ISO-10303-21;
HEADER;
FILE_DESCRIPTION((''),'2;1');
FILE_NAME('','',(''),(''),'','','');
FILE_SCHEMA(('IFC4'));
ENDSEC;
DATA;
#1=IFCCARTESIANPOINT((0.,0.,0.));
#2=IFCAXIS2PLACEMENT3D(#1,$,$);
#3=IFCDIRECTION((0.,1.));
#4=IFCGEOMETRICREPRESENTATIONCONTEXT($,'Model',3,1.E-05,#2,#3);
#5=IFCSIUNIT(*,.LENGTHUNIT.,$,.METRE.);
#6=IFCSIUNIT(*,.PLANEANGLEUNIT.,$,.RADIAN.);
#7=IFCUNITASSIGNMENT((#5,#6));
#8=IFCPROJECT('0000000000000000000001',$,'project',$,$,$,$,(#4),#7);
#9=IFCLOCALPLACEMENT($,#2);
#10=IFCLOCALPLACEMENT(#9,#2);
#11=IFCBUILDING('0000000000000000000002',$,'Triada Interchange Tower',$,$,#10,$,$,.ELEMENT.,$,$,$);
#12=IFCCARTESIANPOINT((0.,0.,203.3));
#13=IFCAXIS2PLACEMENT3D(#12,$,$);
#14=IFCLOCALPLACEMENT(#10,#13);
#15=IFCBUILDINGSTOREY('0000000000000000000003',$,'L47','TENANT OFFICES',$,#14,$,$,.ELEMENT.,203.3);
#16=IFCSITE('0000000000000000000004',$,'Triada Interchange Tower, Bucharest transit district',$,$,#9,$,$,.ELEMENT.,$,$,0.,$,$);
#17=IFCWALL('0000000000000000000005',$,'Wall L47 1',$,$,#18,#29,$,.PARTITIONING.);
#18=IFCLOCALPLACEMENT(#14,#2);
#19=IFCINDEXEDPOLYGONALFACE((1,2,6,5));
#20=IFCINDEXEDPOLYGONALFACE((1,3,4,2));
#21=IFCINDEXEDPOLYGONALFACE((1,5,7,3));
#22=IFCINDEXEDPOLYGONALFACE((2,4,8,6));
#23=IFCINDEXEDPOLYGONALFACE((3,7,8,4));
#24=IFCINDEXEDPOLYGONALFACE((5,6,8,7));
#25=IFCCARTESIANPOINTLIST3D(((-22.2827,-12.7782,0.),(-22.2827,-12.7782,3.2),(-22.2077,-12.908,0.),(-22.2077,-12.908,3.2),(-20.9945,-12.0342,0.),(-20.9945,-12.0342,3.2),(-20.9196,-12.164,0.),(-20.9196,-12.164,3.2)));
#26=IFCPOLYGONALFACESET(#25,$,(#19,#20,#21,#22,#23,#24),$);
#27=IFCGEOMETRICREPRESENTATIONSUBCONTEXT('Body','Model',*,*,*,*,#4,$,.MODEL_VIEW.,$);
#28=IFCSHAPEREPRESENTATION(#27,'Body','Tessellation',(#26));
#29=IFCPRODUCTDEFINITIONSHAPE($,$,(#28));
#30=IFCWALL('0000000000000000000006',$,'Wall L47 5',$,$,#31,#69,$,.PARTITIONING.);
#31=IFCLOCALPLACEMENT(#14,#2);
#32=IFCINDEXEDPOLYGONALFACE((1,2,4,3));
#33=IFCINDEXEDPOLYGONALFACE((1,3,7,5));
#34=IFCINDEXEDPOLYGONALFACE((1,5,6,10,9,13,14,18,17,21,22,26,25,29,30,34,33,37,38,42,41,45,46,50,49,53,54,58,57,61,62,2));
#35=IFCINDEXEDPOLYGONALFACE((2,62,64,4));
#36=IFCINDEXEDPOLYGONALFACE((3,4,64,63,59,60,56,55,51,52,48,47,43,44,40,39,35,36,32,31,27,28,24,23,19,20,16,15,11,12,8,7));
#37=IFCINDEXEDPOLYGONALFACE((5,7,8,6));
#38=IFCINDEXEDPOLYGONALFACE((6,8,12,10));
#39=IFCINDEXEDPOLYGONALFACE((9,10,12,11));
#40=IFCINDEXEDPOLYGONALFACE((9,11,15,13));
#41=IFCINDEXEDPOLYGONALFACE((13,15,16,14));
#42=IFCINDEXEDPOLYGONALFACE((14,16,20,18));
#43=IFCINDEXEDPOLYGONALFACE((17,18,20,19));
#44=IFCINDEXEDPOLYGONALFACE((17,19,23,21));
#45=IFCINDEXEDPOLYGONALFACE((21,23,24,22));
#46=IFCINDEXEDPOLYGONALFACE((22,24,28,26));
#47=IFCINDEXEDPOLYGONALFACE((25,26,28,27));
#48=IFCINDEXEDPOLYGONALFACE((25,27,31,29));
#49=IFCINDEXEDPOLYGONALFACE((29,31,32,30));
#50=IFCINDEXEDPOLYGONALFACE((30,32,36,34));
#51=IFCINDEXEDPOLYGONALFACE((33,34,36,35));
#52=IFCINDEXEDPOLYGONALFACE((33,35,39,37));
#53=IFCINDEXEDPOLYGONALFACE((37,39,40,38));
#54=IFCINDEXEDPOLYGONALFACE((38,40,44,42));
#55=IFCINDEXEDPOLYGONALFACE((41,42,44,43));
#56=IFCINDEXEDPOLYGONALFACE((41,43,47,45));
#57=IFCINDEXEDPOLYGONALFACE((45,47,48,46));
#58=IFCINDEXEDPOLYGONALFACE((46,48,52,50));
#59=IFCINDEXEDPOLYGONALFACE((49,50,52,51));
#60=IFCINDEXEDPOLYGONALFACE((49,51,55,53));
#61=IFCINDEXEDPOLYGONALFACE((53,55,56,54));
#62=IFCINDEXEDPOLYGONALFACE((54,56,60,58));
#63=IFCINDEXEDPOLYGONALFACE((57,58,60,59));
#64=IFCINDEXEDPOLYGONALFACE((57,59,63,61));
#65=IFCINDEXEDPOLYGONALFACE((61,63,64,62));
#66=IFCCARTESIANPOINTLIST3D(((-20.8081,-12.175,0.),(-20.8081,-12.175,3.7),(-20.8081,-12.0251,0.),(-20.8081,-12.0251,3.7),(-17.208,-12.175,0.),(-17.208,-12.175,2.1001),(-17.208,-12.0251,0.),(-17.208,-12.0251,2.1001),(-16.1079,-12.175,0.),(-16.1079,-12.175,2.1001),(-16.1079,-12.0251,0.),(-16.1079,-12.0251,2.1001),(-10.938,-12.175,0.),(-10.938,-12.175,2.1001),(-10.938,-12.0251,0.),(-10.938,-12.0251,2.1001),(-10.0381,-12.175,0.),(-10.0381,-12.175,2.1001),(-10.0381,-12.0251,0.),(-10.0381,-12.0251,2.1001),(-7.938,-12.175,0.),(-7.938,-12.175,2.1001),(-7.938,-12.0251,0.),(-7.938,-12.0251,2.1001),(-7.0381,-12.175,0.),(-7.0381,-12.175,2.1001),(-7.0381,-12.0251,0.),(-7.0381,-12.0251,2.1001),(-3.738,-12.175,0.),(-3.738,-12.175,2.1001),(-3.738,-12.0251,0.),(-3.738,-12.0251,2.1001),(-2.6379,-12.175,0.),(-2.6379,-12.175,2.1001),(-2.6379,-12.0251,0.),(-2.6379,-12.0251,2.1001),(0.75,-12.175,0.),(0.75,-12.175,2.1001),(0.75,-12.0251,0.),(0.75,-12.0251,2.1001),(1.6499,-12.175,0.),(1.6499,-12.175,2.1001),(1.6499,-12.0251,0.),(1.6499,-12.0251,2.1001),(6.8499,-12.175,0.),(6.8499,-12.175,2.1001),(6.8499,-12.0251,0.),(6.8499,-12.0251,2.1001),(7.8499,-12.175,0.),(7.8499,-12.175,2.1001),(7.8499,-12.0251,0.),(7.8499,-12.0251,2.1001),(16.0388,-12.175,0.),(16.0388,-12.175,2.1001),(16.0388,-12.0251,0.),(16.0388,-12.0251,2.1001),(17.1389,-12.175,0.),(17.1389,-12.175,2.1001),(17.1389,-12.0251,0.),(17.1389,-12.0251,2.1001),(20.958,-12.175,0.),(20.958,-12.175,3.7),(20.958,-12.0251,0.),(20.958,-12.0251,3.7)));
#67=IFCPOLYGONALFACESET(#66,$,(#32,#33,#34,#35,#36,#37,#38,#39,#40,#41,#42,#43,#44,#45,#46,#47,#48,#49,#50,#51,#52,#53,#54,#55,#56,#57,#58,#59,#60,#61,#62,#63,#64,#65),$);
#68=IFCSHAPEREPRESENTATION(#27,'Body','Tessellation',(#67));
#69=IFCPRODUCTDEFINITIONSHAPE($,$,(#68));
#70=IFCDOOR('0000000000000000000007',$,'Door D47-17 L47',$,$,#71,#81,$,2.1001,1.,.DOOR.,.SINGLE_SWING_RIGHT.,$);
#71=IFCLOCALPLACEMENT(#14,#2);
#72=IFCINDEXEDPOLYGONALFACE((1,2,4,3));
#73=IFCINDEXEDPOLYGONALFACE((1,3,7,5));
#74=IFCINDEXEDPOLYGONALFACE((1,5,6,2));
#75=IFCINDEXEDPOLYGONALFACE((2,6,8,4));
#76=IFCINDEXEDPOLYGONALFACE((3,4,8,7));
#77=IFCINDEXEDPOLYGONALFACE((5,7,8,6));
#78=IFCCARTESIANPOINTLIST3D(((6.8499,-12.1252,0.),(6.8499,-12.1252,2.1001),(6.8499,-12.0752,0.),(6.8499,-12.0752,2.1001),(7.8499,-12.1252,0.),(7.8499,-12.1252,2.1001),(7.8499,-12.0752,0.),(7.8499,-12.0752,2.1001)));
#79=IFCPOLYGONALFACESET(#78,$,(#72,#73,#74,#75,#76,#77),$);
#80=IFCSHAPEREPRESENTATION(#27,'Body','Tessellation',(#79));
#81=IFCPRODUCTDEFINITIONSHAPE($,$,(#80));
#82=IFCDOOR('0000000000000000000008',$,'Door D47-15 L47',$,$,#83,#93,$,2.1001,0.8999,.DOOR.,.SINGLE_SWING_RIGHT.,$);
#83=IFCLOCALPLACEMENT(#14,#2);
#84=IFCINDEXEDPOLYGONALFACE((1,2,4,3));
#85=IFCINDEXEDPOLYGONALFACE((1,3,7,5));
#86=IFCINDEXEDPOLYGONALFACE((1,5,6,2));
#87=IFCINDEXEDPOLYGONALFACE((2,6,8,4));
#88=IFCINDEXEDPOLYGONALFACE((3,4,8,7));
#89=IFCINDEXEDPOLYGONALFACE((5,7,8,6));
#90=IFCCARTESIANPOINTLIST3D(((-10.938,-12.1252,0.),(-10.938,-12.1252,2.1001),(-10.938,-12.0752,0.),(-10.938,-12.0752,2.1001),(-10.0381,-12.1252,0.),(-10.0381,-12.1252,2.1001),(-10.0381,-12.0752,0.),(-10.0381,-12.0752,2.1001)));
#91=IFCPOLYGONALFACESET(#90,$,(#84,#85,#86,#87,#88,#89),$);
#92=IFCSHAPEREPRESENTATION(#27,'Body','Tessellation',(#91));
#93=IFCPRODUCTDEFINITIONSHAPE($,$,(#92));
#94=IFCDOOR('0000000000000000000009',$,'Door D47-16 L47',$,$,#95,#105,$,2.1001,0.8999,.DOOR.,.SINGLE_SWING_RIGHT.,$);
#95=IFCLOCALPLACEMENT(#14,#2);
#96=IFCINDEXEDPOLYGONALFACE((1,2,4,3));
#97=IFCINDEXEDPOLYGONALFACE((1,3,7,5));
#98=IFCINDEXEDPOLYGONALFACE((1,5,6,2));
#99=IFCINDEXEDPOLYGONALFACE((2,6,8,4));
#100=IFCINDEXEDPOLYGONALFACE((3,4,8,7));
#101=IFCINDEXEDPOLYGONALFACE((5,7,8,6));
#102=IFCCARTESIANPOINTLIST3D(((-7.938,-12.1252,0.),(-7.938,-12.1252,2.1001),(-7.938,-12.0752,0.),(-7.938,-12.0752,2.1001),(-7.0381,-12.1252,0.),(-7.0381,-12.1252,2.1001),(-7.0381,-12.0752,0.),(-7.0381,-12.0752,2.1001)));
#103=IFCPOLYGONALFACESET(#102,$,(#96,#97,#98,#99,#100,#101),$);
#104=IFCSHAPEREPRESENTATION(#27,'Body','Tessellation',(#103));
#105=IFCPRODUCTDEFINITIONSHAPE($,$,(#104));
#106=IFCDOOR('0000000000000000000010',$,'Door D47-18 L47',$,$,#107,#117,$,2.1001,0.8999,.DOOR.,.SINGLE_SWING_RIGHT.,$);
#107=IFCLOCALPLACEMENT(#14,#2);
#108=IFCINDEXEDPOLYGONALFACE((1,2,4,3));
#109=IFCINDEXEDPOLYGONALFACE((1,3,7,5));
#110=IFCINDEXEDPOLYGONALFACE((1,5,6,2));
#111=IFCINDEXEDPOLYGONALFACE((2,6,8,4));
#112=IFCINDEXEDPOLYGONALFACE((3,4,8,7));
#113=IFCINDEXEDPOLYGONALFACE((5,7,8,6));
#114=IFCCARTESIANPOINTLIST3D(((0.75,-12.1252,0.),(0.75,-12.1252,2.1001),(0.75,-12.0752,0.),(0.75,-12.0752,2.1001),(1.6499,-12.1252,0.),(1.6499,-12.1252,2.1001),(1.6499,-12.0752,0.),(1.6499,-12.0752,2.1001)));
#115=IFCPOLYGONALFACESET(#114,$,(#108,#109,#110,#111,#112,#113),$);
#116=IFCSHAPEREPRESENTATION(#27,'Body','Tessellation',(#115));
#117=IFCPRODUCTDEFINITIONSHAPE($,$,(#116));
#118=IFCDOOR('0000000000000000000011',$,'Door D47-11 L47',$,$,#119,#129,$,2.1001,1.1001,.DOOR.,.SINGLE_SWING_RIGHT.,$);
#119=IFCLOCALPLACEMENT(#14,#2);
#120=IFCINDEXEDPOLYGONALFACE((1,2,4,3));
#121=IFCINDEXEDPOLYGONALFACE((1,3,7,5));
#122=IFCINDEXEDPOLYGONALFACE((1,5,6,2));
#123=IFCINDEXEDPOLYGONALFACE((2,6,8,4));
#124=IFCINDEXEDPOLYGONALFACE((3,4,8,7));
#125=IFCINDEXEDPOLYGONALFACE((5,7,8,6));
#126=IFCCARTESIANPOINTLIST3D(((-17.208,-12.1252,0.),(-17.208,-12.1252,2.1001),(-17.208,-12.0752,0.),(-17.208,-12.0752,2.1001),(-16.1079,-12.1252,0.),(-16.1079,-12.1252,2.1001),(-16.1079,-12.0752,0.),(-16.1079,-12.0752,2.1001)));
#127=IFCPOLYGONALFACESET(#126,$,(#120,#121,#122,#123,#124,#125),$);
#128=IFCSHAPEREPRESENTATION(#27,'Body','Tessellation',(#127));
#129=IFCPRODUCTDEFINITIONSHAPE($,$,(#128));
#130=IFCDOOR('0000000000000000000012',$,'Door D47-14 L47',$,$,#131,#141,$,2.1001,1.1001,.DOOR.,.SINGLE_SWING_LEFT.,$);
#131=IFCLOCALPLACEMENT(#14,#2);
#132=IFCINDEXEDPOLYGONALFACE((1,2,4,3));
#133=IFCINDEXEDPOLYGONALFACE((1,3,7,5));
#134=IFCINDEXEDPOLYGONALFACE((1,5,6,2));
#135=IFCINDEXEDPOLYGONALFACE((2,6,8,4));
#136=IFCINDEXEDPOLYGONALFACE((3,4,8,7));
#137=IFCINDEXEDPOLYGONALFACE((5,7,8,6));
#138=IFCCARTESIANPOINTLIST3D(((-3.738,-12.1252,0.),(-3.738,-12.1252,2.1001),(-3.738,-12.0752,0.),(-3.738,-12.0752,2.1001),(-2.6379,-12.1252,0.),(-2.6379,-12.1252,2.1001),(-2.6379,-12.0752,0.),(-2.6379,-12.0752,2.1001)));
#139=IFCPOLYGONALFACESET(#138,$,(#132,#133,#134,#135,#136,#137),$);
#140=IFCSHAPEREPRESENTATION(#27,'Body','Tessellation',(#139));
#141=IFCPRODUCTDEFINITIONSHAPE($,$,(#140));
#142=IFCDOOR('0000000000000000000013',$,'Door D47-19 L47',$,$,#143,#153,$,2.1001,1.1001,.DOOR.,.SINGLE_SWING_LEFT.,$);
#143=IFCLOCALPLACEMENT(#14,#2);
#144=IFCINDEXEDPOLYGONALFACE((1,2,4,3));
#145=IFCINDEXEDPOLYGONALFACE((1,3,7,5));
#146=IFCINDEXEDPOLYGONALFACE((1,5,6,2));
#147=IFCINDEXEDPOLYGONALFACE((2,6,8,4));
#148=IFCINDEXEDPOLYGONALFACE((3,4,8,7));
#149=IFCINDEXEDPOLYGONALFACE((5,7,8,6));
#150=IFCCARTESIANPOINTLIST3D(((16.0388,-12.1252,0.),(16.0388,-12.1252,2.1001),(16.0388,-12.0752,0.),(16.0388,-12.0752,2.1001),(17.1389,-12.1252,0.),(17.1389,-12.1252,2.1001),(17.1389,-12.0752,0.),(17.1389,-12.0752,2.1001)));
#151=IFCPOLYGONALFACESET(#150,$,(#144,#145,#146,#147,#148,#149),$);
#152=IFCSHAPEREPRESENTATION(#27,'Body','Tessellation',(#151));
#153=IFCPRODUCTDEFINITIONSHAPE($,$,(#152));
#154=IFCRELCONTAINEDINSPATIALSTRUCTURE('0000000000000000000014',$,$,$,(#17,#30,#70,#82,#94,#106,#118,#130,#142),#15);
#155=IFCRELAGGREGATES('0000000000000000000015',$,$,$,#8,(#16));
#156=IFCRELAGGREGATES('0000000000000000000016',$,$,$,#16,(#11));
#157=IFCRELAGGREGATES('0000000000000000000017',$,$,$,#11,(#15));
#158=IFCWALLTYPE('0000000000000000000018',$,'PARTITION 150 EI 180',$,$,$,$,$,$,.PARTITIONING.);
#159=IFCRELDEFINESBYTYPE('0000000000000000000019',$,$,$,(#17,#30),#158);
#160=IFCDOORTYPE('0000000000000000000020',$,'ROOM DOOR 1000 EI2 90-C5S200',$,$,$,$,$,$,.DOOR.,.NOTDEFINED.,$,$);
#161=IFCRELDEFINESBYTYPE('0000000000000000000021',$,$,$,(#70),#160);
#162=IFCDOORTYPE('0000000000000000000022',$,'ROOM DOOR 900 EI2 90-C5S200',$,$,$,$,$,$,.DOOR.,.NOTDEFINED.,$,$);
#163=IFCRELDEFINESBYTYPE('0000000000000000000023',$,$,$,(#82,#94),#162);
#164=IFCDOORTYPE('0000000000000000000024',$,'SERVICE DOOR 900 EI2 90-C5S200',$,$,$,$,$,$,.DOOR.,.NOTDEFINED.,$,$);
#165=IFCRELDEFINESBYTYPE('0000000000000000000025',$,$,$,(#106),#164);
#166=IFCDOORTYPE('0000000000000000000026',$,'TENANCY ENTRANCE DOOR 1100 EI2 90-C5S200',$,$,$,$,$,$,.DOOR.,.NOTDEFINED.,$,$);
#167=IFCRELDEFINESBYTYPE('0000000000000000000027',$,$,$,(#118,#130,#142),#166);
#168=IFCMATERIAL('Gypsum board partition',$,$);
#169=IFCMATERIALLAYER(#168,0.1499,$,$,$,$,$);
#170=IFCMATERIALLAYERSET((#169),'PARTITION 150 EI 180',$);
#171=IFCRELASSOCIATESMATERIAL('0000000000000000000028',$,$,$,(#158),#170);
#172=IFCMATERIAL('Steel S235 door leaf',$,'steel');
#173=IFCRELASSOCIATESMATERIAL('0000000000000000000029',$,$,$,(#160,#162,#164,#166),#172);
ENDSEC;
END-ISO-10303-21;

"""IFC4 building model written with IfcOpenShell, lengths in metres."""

from ifc_helpers import new_model, si_unit, direction, frame, frame_2d, origin, place, context, subcontext, project, spatial, rectangle, extrude, material, layer, layer_set, type_object, element, fill, save


model = new_model("IFC4")

# Units and contexts
model_context = context("Model", 3, precision=1e-05, world=origin(), true_north=direction((0.0, 1.0)))
body_context = subcontext(model_context, "Body", "Model", "MODEL_VIEW")
ifc_project = project(units=[si_unit("LENGTHUNIT", "METRE"), si_unit("PLANEANGLEUNIT", "RADIAN")], contexts=[model_context])

# Site, building, storey
site_placement = place(None, origin())
site = spatial("IfcSite", under=ifc_project, at=site_placement, Name="Triada Interchange Tower, Bucharest transit district", CompositionType="ELEMENT", RefElevation=0.0)
building_placement = place(site_placement, origin())
building = spatial("IfcBuilding", under=site, at=building_placement, Name="Triada Interchange Tower", CompositionType="ELEMENT")
storey_placement = place(building_placement, frame((0.0, 0.0, 203.3)))
storey = spatial("IfcBuildingStorey", under=building, at=storey_placement, Name="L47", Description="TENANT OFFICES", CompositionType="ELEMENT", Elevation=203.3)

# Wall
ifc_material_1 = material(Name="Gypsum board partition")
ifc_layer_1 = layer(ifc_material_1, 0.1499)
ifc_layer_set_1 = layer_set([ifc_layer_1], Name="PARTITION 150 EI 180")
wall_type_1 = type_object("IfcWallType", Name="PARTITION 150 EI 180", PredefinedType="PARTITIONING", material=ifc_layer_set_1)
wall_1_placement = place(storey_placement, frame((-22.2451, -12.843, 0.0), z_axis=(0.0, 0.0, 1.0), x_axis=(0.865961, 0.500111, 0.0)))
element("IfcWall", 1, at=wall_1_placement, inside=storey, type_object=wall_type_1, Name="Wall L47 1", PredefinedType="PARTITIONING", context=body_context, shape_type="SweptSolid", body=[
    extrude(rectangle(XDim=1.4875, YDim=0.1499, at=frame_2d((0.7437, 0.0))), origin(), (0.0, 0.0, 1.0), 3.2),
])

# Wall, openings, doors
wall_2_placement = place(storey_placement, frame((-20.8081, -12.1001, 0.0), z_axis=(0.0, 0.0, 1.0), x_axis=(1.0, 0.0, 0.0)))
wall_2 = element("IfcWall", 2, at=wall_2_placement, inside=storey, type_object=wall_type_1, Name="Wall L47 5", PredefinedType="PARTITIONING", context=body_context, shape_type="SweptSolid", body=[
    extrude(rectangle(XDim=41.7661, YDim=0.1499, at=frame_2d((20.8831, 0.0))), origin(), (0.0, 0.0, 1.0), 3.7),
])
opening_1_placement = place(wall_2_placement, frame((3.6001, 0.0, 0.0)))
opening_1 = element("IfcOpeningElement", 3, at=opening_1_placement, cuts=wall_2, PredefinedType="OPENING", context=body_context, shape_type="SweptSolid", body=[
    extrude(rectangle(XDim=1.1001, YDim=2.1001, at=frame_2d((0.55, 1.05))), frame((0.0, 0.085, 0.0), z_axis=(0.0, -1.0, 0.0), x_axis=(1.0, 0.0, 0.0)), (0.0, 0.0, 1.0), 0.1699),
])
opening_2_placement = place(wall_2_placement, frame((17.0701, 0.0, 0.0)))
opening_2 = element("IfcOpeningElement", 4, at=opening_2_placement, cuts=wall_2, PredefinedType="OPENING", context=body_context, shape_type="SweptSolid", body=[
    extrude(rectangle(XDim=1.1001, YDim=2.1001, at=frame_2d((0.55, 1.05))), frame((0.0, 0.085, 0.0), z_axis=(0.0, -1.0, 0.0), x_axis=(1.0, 0.0, 0.0)), (0.0, 0.0, 1.0), 0.1699),
])
opening_3_placement = place(wall_2_placement, frame((9.8701, 0.0, 0.0)))
opening_3 = element("IfcOpeningElement", 5, at=opening_3_placement, cuts=wall_2, PredefinedType="OPENING", context=body_context, shape_type="SweptSolid", body=[
    extrude(rectangle(XDim=0.8999, YDim=2.1001, at=frame_2d((0.45, 1.05))), frame((0.0, 0.085, 0.0), z_axis=(0.0, -1.0, 0.0), x_axis=(1.0, 0.0, 0.0)), (0.0, 0.0, 1.0), 0.1699),
])
opening_4_placement = place(wall_2_placement, frame((12.8701, 0.0, 0.0)))
opening_4 = element("IfcOpeningElement", 6, at=opening_4_placement, cuts=wall_2, PredefinedType="OPENING", context=body_context, shape_type="SweptSolid", body=[
    extrude(rectangle(XDim=0.8999, YDim=2.1001, at=frame_2d((0.45, 1.05))), frame((0.0, 0.085, 0.0), z_axis=(0.0, -1.0, 0.0), x_axis=(1.0, 0.0, 0.0)), (0.0, 0.0, 1.0), 0.1699),
])
opening_5_placement = place(wall_2_placement, frame((27.658, 0.0, 0.0)))
opening_5 = element("IfcOpeningElement", 7, at=opening_5_placement, cuts=wall_2, PredefinedType="OPENING", context=body_context, shape_type="SweptSolid", body=[
    extrude(rectangle(XDim=1.0, YDim=2.1001, at=frame_2d((0.5, 1.05))), frame((0.0, 0.085, 0.0), z_axis=(0.0, -1.0, 0.0), x_axis=(1.0, 0.0, 0.0)), (0.0, 0.0, 1.0), 0.1699),
])
opening_6_placement = place(wall_2_placement, frame((21.5581, 0.0, 0.0)))
opening_6 = element("IfcOpeningElement", 8, at=opening_6_placement, cuts=wall_2, PredefinedType="OPENING", context=body_context, shape_type="SweptSolid", body=[
    extrude(rectangle(XDim=0.8999, YDim=2.1001, at=frame_2d((0.45, 1.05))), frame((0.0, 0.085, 0.0), z_axis=(0.0, -1.0, 0.0), x_axis=(1.0, 0.0, 0.0)), (0.0, 0.0, 1.0), 0.1699),
])
opening_7_placement = place(wall_2_placement, frame((36.8469, 0.0, 0.0)))
opening_7 = element("IfcOpeningElement", 9, at=opening_7_placement, cuts=wall_2, PredefinedType="OPENING", context=body_context, shape_type="SweptSolid", body=[
    extrude(rectangle(XDim=1.1001, YDim=2.1001, at=frame_2d((0.55, 1.05))), frame((0.0, 0.085, 0.0), z_axis=(0.0, -1.0, 0.0), x_axis=(1.0, 0.0, 0.0)), (0.0, 0.0, 1.0), 0.1699),
])
ifc_material_2 = material(Name="Steel S235 door leaf", Category="steel")
door_type_1 = type_object("IfcDoorType", Name="ROOM DOOR 1000 EI2 90-C5S200", OperationType="NOTDEFINED", PredefinedType="DOOR", material=ifc_material_2)
door_1_placement = place(opening_5_placement, origin())
door_1 = element("IfcDoor", 10, at=door_1_placement, inside=storey, type_object=door_type_1, Name="Door D47-17 L47", OperationType="SINGLE_SWING_RIGHT", OverallHeight=2.1001, OverallWidth=1.0, PredefinedType="DOOR", context=body_context, shape_type="SweptSolid", body=[
    extrude(rectangle(XDim=1.0, YDim=2.1001, at=frame_2d((0.5, 1.05))), frame((0.0, 0.0249, 0.0), z_axis=(0.0, -1.0, 0.0), x_axis=(1.0, 0.0, 0.0)), (0.0, 0.0, 1.0), 0.05),
])
fill(opening_5, door_1)
door_type_2 = type_object("IfcDoorType", Name="ROOM DOOR 900 EI2 90-C5S200", OperationType="NOTDEFINED", PredefinedType="DOOR", material=ifc_material_2)
door_2_placement = place(opening_3_placement, origin())
door_2 = element("IfcDoor", 11, at=door_2_placement, inside=storey, type_object=door_type_2, Name="Door D47-15 L47", OperationType="SINGLE_SWING_RIGHT", OverallHeight=2.1001, OverallWidth=0.8999, PredefinedType="DOOR", context=body_context, shape_type="SweptSolid", body=[
    extrude(rectangle(XDim=0.8999, YDim=2.1001, at=frame_2d((0.45, 1.05))), frame((0.0, 0.0249, 0.0), z_axis=(0.0, -1.0, 0.0), x_axis=(1.0, 0.0, 0.0)), (0.0, 0.0, 1.0), 0.05),
])
fill(opening_3, door_2)
door_3_placement = place(opening_4_placement, origin())
door_3 = element("IfcDoor", 12, at=door_3_placement, inside=storey, type_object=door_type_2, Name="Door D47-16 L47", OperationType="SINGLE_SWING_RIGHT", OverallHeight=2.1001, OverallWidth=0.8999, PredefinedType="DOOR", context=body_context, shape_type="SweptSolid", body=[
    extrude(rectangle(XDim=0.8999, YDim=2.1001, at=frame_2d((0.45, 1.05))), frame((0.0, 0.0249, 0.0), z_axis=(0.0, -1.0, 0.0), x_axis=(1.0, 0.0, 0.0)), (0.0, 0.0, 1.0), 0.05),
])
fill(opening_4, door_3)
door_type_3 = type_object("IfcDoorType", Name="SERVICE DOOR 900 EI2 90-C5S200", OperationType="NOTDEFINED", PredefinedType="DOOR", material=ifc_material_2)
door_4_placement = place(opening_6_placement, origin())
door_4 = element("IfcDoor", 13, at=door_4_placement, inside=storey, type_object=door_type_3, Name="Door D47-18 L47", OperationType="SINGLE_SWING_RIGHT", OverallHeight=2.1001, OverallWidth=0.8999, PredefinedType="DOOR", context=body_context, shape_type="SweptSolid", body=[
    extrude(rectangle(XDim=0.8999, YDim=2.1001, at=frame_2d((0.45, 1.05))), frame((0.0, 0.0249, 0.0), z_axis=(0.0, -1.0, 0.0), x_axis=(1.0, 0.0, 0.0)), (0.0, 0.0, 1.0), 0.05),
])
fill(opening_6, door_4)
door_type_4 = type_object("IfcDoorType", Name="TENANCY ENTRANCE DOOR 1100 EI2 90-C5S200", OperationType="NOTDEFINED", PredefinedType="DOOR", material=ifc_material_2)
door_5_placement = place(opening_1_placement, origin())
door_5 = element("IfcDoor", 14, at=door_5_placement, inside=storey, type_object=door_type_4, Name="Door D47-11 L47", OperationType="SINGLE_SWING_RIGHT", OverallHeight=2.1001, OverallWidth=1.1001, PredefinedType="DOOR", context=body_context, shape_type="SweptSolid", body=[
    extrude(rectangle(XDim=1.1001, YDim=2.1001, at=frame_2d((0.55, 1.05))), frame((0.0, 0.0249, 0.0), z_axis=(0.0, -1.0, 0.0), x_axis=(1.0, 0.0, 0.0)), (0.0, 0.0, 1.0), 0.05),
])
fill(opening_1, door_5)
door_6_placement = place(opening_2_placement, origin())
door_6 = element("IfcDoor", 15, at=door_6_placement, inside=storey, type_object=door_type_4, Name="Door D47-14 L47", OperationType="SINGLE_SWING_LEFT", OverallHeight=2.1001, OverallWidth=1.1001, PredefinedType="DOOR", context=body_context, shape_type="SweptSolid", body=[
    extrude(rectangle(XDim=1.1001, YDim=2.1001, at=frame_2d((0.55, 1.05))), frame((0.0, 0.0249, 0.0), z_axis=(0.0, -1.0, 0.0), x_axis=(1.0, 0.0, 0.0)), (0.0, 0.0, 1.0), 0.05),
])
fill(opening_2, door_6)
door_7_placement = place(opening_7_placement, origin())
door_7 = element("IfcDoor", 16, at=door_7_placement, inside=storey, type_object=door_type_4, Name="Door D47-19 L47", OperationType="SINGLE_SWING_LEFT", OverallHeight=2.1001, OverallWidth=1.1001, PredefinedType="DOOR", context=body_context, shape_type="SweptSolid", body=[
    extrude(rectangle(XDim=1.1001, YDim=2.1001, at=frame_2d((0.55, 1.05))), frame((0.0, 0.0249, 0.0), z_axis=(0.0, -1.0, 0.0), x_axis=(1.0, 0.0, 0.0)), (0.0, 0.0, 1.0), 0.05),
])
fill(opening_7, door_7)

save(model, "model.ifc")
